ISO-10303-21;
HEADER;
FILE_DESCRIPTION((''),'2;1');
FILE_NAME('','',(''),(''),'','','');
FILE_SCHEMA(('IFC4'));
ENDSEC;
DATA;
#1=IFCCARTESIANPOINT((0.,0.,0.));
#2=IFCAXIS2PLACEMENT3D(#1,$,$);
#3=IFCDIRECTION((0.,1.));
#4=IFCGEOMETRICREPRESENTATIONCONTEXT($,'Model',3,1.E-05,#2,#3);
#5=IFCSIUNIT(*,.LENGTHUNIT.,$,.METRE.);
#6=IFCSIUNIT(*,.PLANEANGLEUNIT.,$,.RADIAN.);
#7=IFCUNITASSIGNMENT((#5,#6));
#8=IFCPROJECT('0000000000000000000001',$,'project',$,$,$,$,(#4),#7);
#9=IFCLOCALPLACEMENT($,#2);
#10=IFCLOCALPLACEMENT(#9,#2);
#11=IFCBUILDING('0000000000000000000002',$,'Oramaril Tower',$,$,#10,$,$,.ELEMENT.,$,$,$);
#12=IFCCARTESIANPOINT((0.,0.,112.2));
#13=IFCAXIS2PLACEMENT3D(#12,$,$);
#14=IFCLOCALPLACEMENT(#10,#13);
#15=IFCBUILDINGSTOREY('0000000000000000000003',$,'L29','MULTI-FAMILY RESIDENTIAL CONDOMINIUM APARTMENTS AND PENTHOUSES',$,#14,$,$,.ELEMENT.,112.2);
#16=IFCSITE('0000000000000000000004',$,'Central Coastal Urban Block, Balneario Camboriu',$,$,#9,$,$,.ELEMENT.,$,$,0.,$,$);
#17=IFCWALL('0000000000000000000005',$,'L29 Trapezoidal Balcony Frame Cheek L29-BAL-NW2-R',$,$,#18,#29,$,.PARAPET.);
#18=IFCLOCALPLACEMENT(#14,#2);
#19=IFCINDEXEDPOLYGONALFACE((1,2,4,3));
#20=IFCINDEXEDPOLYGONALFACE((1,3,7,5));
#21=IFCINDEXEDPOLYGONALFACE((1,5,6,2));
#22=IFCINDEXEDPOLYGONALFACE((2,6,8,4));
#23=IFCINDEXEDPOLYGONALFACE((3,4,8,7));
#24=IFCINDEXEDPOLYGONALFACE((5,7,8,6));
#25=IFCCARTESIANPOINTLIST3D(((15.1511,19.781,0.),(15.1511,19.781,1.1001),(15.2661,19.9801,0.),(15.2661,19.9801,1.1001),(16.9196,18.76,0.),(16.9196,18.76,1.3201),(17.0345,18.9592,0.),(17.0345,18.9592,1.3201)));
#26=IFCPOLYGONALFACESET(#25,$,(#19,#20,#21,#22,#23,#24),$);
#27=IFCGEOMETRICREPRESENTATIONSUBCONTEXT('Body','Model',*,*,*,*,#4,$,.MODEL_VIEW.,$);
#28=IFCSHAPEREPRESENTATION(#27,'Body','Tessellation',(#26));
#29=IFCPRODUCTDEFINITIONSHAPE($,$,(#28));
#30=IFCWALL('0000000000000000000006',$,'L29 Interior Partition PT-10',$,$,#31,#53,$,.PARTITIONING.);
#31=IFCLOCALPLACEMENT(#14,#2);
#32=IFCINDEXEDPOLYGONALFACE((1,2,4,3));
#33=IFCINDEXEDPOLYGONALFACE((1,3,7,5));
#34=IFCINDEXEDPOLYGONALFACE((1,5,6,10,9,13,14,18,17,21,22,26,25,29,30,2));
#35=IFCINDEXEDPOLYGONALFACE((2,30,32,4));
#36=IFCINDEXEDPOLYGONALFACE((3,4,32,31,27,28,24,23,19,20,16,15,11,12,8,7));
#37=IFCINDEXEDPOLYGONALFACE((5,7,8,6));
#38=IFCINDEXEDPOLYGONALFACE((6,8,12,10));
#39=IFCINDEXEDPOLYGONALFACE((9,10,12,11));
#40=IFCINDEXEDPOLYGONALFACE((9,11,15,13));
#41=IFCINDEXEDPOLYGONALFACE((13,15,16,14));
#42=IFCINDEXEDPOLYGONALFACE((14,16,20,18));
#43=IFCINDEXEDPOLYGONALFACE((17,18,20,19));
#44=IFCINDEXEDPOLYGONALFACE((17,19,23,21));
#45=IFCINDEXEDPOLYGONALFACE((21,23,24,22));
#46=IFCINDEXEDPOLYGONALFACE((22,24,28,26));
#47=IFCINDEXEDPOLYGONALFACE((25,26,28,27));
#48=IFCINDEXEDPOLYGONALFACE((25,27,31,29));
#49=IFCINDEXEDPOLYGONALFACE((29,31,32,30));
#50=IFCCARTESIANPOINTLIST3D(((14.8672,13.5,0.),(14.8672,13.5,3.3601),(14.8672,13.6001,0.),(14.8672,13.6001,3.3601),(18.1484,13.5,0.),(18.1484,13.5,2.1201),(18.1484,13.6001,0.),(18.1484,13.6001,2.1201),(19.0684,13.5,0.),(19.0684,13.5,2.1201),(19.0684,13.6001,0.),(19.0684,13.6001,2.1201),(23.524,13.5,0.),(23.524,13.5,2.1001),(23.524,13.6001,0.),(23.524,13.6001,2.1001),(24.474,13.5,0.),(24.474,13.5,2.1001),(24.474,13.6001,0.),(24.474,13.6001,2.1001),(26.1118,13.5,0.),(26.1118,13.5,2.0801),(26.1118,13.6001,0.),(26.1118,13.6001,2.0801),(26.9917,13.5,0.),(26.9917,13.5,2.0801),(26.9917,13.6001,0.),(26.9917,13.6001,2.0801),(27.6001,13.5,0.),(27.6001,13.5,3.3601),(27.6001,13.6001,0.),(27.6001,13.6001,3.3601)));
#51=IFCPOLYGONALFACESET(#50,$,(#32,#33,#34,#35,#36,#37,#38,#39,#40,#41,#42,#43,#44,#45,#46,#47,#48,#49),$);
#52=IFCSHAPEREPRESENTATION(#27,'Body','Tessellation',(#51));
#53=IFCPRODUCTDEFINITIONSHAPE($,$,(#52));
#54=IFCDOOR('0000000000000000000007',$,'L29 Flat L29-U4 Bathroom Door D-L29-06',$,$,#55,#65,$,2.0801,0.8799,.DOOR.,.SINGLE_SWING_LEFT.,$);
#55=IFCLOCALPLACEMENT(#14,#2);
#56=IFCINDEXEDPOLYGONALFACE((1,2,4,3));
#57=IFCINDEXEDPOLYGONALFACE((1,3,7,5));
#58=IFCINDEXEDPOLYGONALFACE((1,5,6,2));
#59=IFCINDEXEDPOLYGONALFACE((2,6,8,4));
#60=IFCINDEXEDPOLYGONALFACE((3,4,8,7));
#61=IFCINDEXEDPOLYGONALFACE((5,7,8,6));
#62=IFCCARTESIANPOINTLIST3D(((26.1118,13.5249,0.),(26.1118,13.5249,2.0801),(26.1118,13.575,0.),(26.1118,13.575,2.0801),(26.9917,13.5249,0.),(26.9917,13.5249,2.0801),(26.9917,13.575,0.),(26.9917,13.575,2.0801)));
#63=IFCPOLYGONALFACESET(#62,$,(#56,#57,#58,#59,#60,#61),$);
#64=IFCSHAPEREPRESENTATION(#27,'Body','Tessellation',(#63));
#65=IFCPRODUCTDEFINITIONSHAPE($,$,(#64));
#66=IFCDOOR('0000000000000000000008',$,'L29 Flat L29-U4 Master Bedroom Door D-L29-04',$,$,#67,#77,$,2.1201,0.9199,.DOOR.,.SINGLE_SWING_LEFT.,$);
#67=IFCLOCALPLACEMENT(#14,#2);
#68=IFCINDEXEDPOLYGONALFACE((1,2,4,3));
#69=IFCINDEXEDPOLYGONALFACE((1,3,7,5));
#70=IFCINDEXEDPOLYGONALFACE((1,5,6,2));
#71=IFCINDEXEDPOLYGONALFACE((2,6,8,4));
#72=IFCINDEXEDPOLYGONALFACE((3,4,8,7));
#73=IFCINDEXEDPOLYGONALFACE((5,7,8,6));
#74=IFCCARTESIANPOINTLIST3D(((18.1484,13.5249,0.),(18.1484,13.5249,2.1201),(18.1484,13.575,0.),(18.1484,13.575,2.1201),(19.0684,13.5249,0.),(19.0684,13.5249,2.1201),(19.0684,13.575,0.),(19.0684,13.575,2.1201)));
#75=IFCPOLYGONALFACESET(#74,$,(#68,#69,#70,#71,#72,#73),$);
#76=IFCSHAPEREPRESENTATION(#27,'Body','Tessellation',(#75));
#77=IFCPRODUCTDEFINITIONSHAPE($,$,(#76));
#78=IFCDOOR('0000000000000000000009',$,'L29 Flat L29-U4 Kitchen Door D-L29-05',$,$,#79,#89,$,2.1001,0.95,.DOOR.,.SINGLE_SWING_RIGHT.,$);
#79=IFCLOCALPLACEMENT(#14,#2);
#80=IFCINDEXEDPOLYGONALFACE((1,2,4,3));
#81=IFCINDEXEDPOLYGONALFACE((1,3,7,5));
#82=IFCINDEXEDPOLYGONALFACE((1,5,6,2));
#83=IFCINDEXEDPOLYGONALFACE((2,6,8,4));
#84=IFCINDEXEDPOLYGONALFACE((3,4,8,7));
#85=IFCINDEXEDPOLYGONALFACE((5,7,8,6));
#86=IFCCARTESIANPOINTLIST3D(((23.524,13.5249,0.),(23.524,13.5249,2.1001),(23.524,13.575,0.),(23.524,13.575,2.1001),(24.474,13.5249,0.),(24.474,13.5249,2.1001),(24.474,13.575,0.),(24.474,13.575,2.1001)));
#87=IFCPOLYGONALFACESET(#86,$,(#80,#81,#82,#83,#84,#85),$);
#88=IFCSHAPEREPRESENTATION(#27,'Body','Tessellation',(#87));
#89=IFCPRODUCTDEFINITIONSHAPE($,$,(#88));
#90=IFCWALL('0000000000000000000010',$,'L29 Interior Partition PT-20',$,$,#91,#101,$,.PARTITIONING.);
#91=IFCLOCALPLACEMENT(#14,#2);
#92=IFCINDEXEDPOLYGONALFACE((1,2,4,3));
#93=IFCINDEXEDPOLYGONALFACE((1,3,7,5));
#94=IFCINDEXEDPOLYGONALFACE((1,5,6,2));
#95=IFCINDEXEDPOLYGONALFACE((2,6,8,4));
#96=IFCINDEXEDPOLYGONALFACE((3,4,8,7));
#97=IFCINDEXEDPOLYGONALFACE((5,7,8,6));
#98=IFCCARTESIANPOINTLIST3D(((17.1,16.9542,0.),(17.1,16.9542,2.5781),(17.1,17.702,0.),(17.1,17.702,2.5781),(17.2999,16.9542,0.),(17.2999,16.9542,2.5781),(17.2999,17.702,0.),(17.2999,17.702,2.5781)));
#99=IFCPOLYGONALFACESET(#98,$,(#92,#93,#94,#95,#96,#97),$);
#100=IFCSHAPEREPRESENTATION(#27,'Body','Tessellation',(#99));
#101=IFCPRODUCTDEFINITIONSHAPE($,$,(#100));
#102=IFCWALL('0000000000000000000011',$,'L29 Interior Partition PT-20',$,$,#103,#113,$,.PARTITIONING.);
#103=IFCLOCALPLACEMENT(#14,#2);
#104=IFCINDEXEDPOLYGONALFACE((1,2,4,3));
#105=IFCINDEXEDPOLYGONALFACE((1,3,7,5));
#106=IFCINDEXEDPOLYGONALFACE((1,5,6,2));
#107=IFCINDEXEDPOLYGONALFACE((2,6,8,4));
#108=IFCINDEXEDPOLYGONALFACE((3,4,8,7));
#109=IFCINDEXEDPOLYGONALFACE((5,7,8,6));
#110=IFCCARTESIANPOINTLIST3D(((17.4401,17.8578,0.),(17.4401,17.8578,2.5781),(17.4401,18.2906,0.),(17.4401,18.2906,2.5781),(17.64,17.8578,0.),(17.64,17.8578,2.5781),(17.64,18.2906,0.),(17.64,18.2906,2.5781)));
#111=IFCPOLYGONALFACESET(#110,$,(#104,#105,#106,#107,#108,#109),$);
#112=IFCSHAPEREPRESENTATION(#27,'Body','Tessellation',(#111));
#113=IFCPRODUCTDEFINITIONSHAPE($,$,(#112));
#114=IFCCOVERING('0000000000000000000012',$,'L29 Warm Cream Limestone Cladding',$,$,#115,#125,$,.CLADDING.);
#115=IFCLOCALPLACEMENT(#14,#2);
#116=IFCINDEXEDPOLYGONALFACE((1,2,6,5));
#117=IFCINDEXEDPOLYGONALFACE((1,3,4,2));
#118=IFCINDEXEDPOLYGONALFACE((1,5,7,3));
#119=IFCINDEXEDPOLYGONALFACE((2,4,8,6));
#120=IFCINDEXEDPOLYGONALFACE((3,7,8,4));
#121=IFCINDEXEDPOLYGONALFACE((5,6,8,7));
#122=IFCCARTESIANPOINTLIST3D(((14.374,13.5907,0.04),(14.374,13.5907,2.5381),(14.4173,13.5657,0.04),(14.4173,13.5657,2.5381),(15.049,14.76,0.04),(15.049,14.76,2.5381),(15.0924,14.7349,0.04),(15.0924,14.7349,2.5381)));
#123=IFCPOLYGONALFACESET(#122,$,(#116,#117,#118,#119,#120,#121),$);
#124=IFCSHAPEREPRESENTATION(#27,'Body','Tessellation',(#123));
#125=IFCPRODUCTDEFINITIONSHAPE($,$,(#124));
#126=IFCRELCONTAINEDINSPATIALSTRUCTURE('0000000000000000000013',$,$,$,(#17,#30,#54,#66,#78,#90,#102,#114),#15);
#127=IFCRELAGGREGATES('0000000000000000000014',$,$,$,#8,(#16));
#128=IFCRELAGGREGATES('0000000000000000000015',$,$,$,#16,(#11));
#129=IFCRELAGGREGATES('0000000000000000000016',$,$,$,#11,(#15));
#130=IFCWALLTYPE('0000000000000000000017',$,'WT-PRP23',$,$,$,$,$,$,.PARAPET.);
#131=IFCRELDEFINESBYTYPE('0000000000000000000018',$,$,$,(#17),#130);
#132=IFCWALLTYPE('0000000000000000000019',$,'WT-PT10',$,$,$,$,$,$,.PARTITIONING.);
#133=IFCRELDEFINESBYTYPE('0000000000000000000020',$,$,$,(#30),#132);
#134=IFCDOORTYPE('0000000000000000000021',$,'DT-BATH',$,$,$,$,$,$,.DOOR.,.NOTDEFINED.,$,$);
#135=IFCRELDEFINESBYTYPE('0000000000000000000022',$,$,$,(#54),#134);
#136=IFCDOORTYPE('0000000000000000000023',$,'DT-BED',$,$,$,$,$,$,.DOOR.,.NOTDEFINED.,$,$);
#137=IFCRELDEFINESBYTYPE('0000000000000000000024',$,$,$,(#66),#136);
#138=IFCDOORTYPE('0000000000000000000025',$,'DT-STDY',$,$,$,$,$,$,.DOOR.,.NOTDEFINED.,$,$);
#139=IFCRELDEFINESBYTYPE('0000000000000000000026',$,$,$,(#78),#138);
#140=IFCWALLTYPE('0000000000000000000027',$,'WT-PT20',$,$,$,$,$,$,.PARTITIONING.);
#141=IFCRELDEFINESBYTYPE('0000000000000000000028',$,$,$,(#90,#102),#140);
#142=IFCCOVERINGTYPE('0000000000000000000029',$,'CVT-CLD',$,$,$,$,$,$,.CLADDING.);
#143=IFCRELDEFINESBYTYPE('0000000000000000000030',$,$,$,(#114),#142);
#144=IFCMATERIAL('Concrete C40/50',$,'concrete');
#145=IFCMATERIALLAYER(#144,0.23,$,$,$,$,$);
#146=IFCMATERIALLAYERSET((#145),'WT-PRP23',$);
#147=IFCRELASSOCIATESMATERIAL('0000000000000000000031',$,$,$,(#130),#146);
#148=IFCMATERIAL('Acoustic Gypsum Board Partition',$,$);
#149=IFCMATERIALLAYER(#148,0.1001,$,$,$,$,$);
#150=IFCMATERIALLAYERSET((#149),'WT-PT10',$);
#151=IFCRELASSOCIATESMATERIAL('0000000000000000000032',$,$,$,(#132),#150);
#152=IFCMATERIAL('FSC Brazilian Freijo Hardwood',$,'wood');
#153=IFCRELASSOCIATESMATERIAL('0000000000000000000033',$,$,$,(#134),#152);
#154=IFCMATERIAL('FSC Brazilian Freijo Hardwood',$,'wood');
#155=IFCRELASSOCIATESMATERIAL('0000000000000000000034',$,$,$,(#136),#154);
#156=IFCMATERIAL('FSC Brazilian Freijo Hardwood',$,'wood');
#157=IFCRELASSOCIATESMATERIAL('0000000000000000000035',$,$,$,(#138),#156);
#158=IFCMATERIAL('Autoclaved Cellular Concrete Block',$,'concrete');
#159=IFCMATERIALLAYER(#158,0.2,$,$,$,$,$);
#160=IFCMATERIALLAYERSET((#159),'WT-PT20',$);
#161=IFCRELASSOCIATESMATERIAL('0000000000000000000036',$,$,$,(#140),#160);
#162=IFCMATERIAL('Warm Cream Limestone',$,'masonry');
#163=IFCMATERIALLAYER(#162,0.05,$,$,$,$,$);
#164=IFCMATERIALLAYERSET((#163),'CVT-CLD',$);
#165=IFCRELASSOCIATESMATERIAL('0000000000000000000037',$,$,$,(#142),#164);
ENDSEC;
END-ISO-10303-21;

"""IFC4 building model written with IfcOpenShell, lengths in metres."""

from ifc_helpers import new_model, si_unit, direction, frame, frame_2d, origin, origin_2d, place, context, subcontext, project, spatial, polyline, rectangle, outline, extrude, material, layer, layer_set, type_object, element, fill, save


model = new_model("IFC4")

# Units and contexts
model_context = context("Model", 3, precision=1e-05, world=origin(), true_north=direction((0.0, 1.0)))
body_context = subcontext(model_context, "Body", "Model", "MODEL_VIEW")
ifc_project = project(units=[si_unit("LENGTHUNIT", "METRE"), si_unit("PLANEANGLEUNIT", "RADIAN")], contexts=[model_context])

# Site, building, storey
site_placement = place(None, origin())
site = spatial("IfcSite", under=ifc_project, at=site_placement, Name="Central Coastal Urban Block, Balneario Camboriu", CompositionType="ELEMENT", RefElevation=0.0)
building_placement = place(site_placement, origin())
building = spatial("IfcBuilding", under=site, at=building_placement, Name="Oramaril Tower", CompositionType="ELEMENT")
storey_placement = place(building_placement, frame((0.0, 0.0, 112.2)))
storey = spatial("IfcBuildingStorey", under=building, at=storey_placement, Name="L29", Description="MULTI-FAMILY RESIDENTIAL CONDOMINIUM APARTMENTS AND PENTHOUSES", CompositionType="ELEMENT", Elevation=112.2)

# Wall
ifc_material_1 = material(Name="Concrete C40/50", Category="concrete")
ifc_layer_1 = layer(ifc_material_1, 0.23)
ifc_layer_set_1 = layer_set([ifc_layer_1], Name="WT-PRP23")
wall_type_1 = type_object("IfcWallType", Name="WT-PRP23", PredefinedType="PARAPET", material=ifc_layer_set_1)
wall_1_placement = place(storey_placement, frame((16.9771, 18.8596, 0.0), z_axis=(0.0, 0.0, 1.0), x_axis=(-0.866042, 0.499971, 0.0)))
element("IfcWall", 1, at=wall_1_placement, inside=storey, type_object=wall_type_1, Name="L29 Trapezoidal Balcony Frame Cheek L29-BAL-NW2-R", PredefinedType="PARAPET", context=body_context, shape_type="SweptSolid", body=[
    extrude(outline(polyline([(0.0, 0.0), (2.042, 0.0), (2.042, 1.1001), (0.0, 1.3201), (0.0, 0.0)])), frame((0.0, 0.115, 0.0), z_axis=(0.0, -1.0, 0.0), x_axis=(1.0, 0.0, 0.0)), (0.0, 0.0, 1.0), 0.23),
])

# Wall, openings, doors
ifc_material_2 = material(Name="Acoustic Gypsum Board Partition")
ifc_layer_2 = layer(ifc_material_2, 0.1001)
ifc_layer_set_2 = layer_set([ifc_layer_2], Name="WT-PT10")
wall_type_2 = type_object("IfcWallType", Name="WT-PT10", PredefinedType="PARTITIONING", material=ifc_layer_set_2)
wall_2_placement = place(storey_placement, frame((14.8672, 13.55, 0.0), z_axis=(0.0, 0.0, 1.0), x_axis=(1.0, 0.0, 0.0)))
wall_2 = element("IfcWall", 2, at=wall_2_placement, inside=storey, type_object=wall_type_2, Name="L29 Interior Partition PT-10", PredefinedType="PARTITIONING", context=body_context, shape_type="SweptSolid", body=[
    extrude(rectangle(XDim=12.7329, YDim=0.1001, at=frame_2d((6.3665, 0.0))), origin(), (0.0, 0.0, 1.0), 3.3601),
])
opening_1_placement = place(wall_2_placement, frame((3.2812, 0.0, 0.0)))
opening_1 = element("IfcOpeningElement", 3, at=opening_1_placement, cuts=wall_2, PredefinedType="OPENING", context=body_context, shape_type="SweptSolid", body=[
    extrude(rectangle(XDim=0.9199, YDim=2.1201, at=frame_2d((0.46, 1.0601))), frame((0.0, 0.05, 0.0), z_axis=(0.0, -1.0, 0.0), x_axis=(1.0, 0.0, 0.0)), (0.0, 0.0, 1.0), 0.1001),
])
opening_2_placement = place(wall_2_placement, frame((8.6567, 0.0, 0.0)))
opening_2 = element("IfcOpeningElement", 4, at=opening_2_placement, cuts=wall_2, PredefinedType="OPENING", context=body_context, shape_type="SweptSolid", body=[
    extrude(rectangle(XDim=0.95, YDim=2.1001, at=frame_2d((0.4751, 1.05))), frame((0.0, 0.05, 0.0), z_axis=(0.0, -1.0, 0.0), x_axis=(1.0, 0.0, 0.0)), (0.0, 0.0, 1.0), 0.1001),
])
opening_3_placement = place(wall_2_placement, frame((11.2446, 0.0, 0.0)))
opening_3 = element("IfcOpeningElement", 5, at=opening_3_placement, cuts=wall_2, PredefinedType="OPENING", context=body_context, shape_type="SweptSolid", body=[
    extrude(rectangle(XDim=0.8799, YDim=2.0801, at=frame_2d((0.4399, 1.04))), frame((0.0, 0.05, 0.0), z_axis=(0.0, -1.0, 0.0), x_axis=(1.0, 0.0, 0.0)), (0.0, 0.0, 1.0), 0.1001),
])
ifc_material_3 = material(Name="FSC Brazilian Freijo Hardwood", Category="wood")
door_type_1 = type_object("IfcDoorType", Name="DT-BATH", OperationType="NOTDEFINED", PredefinedType="DOOR", material=ifc_material_3)
door_1_placement = place(opening_3_placement, origin())
door_1 = element("IfcDoor", 6, at=door_1_placement, inside=storey, type_object=door_type_1, Name="L29 Flat L29-U4 Bathroom Door D-L29-06", OperationType="SINGLE_SWING_LEFT", OverallHeight=2.0801, OverallWidth=0.8799, PredefinedType="DOOR", context=body_context, shape_type="SweptSolid", body=[
    extrude(rectangle(XDim=0.8799, YDim=2.0801, at=frame_2d((0.4399, 1.04))), frame((0.0, 0.0249, 0.0), z_axis=(0.0, -1.0, 0.0), x_axis=(1.0, 0.0, 0.0)), (0.0, 0.0, 1.0), 0.05),
])
fill(opening_3, door_1)
ifc_material_4 = material(Name="FSC Brazilian Freijo Hardwood", Category="wood")
door_type_2 = type_object("IfcDoorType", Name="DT-BED", OperationType="NOTDEFINED", PredefinedType="DOOR", material=ifc_material_4)
door_2_placement = place(opening_1_placement, origin())
door_2 = element("IfcDoor", 7, at=door_2_placement, inside=storey, type_object=door_type_2, Name="L29 Flat L29-U4 Master Bedroom Door D-L29-04", OperationType="SINGLE_SWING_LEFT", OverallHeight=2.1201, OverallWidth=0.9199, PredefinedType="DOOR", context=body_context, shape_type="SweptSolid", body=[
    extrude(rectangle(XDim=0.9199, YDim=2.1201, at=frame_2d((0.46, 1.0601))), frame((0.0, 0.0249, 0.0), z_axis=(0.0, -1.0, 0.0), x_axis=(1.0, 0.0, 0.0)), (0.0, 0.0, 1.0), 0.05),
])
fill(opening_1, door_2)
ifc_material_5 = material(Name="FSC Brazilian Freijo Hardwood", Category="wood")
door_type_3 = type_object("IfcDoorType", Name="DT-STDY", OperationType="NOTDEFINED", PredefinedType="DOOR", material=ifc_material_5)
door_3_placement = place(opening_2_placement, origin())
door_3 = element("IfcDoor", 8, at=door_3_placement, inside=storey, type_object=door_type_3, Name="L29 Flat L29-U4 Kitchen Door D-L29-05", OperationType="SINGLE_SWING_RIGHT", OverallHeight=2.1001, OverallWidth=0.95, PredefinedType="DOOR", context=body_context, shape_type="SweptSolid", body=[
    extrude(rectangle(XDim=0.95, YDim=2.1001, at=frame_2d((0.4751, 1.05))), frame((0.0, 0.0249, 0.0), z_axis=(0.0, -1.0, 0.0), x_axis=(1.0, 0.0, 0.0)), (0.0, 0.0, 1.0), 0.05),
])
fill(opening_2, door_3)

# Shared definitions
ifc_material_6 = material(Name="Autoclaved Cellular Concrete Block", Category="concrete")
ifc_layer_3 = layer(ifc_material_6, 0.2)
ifc_layer_set_3 = layer_set([ifc_layer_3], Name="WT-PT20")
wall_type_3 = type_object("IfcWallType", Name="WT-PT20", PredefinedType="PARTITIONING", material=ifc_layer_set_3)

# Walls
wall_3_placement = place(storey_placement, frame((17.2, 16.9541, 0.0), z_axis=(0.0, 0.0, 1.0), x_axis=(0.0, 1.0, 0.0)))
element("IfcWall", 9, at=wall_3_placement, inside=storey, type_object=wall_type_3, Name="L29 Interior Partition PT-20", PredefinedType="PARTITIONING", context=body_context, shape_type="SweptSolid", body=[
    extrude(rectangle(XDim=0.7478, YDim=0.2, at=frame_2d((0.374, 0.0))), origin(), (0.0, 0.0, 1.0), 2.5781),
])
wall_4_placement = place(storey_placement, frame((17.54, 17.8579, 0.0), z_axis=(0.0, 0.0, 1.0), x_axis=(0.0, 1.0, 0.0)))
element("IfcWall", 10, at=wall_4_placement, inside=storey, type_object=wall_type_3, Name="L29 Interior Partition PT-20", PredefinedType="PARTITIONING", context=body_context, shape_type="SweptSolid", body=[
    extrude(rectangle(XDim=0.4329, YDim=0.2, at=frame_2d((0.2163, 0.0))), origin(), (0.0, 0.0, 1.0), 2.5781),
])

# Covering
ifc_material_7 = material(Name="Warm Cream Limestone", Category="masonry")
ifc_layer_4 = layer(ifc_material_7, 0.05)
ifc_layer_set_4 = layer_set([ifc_layer_4], Name="CVT-CLD")
covering_type = type_object("IfcCoveringType", Name="CVT-CLD", PredefinedType="CLADDING", material=ifc_layer_set_4)
covering_placement = place(storey_placement, frame((14.7332, 14.1628, 0.04), z_axis=(0.0, 0.0, 1.0), x_axis=(-0.5, -0.866025, 0.0)))
element("IfcCovering", 11, at=covering_placement, inside=storey, type_object=covering_type, Name="L29 Warm Cream Limestone Cladding", PredefinedType="CLADDING", context=body_context, shape_type="SweptSolid", body=[
    extrude(rectangle(XDim=1.3501, YDim=0.05, at=origin_2d()), origin(), (0.0, 0.0, 1.0), 2.498),
])

save(model, "model.ifc")
